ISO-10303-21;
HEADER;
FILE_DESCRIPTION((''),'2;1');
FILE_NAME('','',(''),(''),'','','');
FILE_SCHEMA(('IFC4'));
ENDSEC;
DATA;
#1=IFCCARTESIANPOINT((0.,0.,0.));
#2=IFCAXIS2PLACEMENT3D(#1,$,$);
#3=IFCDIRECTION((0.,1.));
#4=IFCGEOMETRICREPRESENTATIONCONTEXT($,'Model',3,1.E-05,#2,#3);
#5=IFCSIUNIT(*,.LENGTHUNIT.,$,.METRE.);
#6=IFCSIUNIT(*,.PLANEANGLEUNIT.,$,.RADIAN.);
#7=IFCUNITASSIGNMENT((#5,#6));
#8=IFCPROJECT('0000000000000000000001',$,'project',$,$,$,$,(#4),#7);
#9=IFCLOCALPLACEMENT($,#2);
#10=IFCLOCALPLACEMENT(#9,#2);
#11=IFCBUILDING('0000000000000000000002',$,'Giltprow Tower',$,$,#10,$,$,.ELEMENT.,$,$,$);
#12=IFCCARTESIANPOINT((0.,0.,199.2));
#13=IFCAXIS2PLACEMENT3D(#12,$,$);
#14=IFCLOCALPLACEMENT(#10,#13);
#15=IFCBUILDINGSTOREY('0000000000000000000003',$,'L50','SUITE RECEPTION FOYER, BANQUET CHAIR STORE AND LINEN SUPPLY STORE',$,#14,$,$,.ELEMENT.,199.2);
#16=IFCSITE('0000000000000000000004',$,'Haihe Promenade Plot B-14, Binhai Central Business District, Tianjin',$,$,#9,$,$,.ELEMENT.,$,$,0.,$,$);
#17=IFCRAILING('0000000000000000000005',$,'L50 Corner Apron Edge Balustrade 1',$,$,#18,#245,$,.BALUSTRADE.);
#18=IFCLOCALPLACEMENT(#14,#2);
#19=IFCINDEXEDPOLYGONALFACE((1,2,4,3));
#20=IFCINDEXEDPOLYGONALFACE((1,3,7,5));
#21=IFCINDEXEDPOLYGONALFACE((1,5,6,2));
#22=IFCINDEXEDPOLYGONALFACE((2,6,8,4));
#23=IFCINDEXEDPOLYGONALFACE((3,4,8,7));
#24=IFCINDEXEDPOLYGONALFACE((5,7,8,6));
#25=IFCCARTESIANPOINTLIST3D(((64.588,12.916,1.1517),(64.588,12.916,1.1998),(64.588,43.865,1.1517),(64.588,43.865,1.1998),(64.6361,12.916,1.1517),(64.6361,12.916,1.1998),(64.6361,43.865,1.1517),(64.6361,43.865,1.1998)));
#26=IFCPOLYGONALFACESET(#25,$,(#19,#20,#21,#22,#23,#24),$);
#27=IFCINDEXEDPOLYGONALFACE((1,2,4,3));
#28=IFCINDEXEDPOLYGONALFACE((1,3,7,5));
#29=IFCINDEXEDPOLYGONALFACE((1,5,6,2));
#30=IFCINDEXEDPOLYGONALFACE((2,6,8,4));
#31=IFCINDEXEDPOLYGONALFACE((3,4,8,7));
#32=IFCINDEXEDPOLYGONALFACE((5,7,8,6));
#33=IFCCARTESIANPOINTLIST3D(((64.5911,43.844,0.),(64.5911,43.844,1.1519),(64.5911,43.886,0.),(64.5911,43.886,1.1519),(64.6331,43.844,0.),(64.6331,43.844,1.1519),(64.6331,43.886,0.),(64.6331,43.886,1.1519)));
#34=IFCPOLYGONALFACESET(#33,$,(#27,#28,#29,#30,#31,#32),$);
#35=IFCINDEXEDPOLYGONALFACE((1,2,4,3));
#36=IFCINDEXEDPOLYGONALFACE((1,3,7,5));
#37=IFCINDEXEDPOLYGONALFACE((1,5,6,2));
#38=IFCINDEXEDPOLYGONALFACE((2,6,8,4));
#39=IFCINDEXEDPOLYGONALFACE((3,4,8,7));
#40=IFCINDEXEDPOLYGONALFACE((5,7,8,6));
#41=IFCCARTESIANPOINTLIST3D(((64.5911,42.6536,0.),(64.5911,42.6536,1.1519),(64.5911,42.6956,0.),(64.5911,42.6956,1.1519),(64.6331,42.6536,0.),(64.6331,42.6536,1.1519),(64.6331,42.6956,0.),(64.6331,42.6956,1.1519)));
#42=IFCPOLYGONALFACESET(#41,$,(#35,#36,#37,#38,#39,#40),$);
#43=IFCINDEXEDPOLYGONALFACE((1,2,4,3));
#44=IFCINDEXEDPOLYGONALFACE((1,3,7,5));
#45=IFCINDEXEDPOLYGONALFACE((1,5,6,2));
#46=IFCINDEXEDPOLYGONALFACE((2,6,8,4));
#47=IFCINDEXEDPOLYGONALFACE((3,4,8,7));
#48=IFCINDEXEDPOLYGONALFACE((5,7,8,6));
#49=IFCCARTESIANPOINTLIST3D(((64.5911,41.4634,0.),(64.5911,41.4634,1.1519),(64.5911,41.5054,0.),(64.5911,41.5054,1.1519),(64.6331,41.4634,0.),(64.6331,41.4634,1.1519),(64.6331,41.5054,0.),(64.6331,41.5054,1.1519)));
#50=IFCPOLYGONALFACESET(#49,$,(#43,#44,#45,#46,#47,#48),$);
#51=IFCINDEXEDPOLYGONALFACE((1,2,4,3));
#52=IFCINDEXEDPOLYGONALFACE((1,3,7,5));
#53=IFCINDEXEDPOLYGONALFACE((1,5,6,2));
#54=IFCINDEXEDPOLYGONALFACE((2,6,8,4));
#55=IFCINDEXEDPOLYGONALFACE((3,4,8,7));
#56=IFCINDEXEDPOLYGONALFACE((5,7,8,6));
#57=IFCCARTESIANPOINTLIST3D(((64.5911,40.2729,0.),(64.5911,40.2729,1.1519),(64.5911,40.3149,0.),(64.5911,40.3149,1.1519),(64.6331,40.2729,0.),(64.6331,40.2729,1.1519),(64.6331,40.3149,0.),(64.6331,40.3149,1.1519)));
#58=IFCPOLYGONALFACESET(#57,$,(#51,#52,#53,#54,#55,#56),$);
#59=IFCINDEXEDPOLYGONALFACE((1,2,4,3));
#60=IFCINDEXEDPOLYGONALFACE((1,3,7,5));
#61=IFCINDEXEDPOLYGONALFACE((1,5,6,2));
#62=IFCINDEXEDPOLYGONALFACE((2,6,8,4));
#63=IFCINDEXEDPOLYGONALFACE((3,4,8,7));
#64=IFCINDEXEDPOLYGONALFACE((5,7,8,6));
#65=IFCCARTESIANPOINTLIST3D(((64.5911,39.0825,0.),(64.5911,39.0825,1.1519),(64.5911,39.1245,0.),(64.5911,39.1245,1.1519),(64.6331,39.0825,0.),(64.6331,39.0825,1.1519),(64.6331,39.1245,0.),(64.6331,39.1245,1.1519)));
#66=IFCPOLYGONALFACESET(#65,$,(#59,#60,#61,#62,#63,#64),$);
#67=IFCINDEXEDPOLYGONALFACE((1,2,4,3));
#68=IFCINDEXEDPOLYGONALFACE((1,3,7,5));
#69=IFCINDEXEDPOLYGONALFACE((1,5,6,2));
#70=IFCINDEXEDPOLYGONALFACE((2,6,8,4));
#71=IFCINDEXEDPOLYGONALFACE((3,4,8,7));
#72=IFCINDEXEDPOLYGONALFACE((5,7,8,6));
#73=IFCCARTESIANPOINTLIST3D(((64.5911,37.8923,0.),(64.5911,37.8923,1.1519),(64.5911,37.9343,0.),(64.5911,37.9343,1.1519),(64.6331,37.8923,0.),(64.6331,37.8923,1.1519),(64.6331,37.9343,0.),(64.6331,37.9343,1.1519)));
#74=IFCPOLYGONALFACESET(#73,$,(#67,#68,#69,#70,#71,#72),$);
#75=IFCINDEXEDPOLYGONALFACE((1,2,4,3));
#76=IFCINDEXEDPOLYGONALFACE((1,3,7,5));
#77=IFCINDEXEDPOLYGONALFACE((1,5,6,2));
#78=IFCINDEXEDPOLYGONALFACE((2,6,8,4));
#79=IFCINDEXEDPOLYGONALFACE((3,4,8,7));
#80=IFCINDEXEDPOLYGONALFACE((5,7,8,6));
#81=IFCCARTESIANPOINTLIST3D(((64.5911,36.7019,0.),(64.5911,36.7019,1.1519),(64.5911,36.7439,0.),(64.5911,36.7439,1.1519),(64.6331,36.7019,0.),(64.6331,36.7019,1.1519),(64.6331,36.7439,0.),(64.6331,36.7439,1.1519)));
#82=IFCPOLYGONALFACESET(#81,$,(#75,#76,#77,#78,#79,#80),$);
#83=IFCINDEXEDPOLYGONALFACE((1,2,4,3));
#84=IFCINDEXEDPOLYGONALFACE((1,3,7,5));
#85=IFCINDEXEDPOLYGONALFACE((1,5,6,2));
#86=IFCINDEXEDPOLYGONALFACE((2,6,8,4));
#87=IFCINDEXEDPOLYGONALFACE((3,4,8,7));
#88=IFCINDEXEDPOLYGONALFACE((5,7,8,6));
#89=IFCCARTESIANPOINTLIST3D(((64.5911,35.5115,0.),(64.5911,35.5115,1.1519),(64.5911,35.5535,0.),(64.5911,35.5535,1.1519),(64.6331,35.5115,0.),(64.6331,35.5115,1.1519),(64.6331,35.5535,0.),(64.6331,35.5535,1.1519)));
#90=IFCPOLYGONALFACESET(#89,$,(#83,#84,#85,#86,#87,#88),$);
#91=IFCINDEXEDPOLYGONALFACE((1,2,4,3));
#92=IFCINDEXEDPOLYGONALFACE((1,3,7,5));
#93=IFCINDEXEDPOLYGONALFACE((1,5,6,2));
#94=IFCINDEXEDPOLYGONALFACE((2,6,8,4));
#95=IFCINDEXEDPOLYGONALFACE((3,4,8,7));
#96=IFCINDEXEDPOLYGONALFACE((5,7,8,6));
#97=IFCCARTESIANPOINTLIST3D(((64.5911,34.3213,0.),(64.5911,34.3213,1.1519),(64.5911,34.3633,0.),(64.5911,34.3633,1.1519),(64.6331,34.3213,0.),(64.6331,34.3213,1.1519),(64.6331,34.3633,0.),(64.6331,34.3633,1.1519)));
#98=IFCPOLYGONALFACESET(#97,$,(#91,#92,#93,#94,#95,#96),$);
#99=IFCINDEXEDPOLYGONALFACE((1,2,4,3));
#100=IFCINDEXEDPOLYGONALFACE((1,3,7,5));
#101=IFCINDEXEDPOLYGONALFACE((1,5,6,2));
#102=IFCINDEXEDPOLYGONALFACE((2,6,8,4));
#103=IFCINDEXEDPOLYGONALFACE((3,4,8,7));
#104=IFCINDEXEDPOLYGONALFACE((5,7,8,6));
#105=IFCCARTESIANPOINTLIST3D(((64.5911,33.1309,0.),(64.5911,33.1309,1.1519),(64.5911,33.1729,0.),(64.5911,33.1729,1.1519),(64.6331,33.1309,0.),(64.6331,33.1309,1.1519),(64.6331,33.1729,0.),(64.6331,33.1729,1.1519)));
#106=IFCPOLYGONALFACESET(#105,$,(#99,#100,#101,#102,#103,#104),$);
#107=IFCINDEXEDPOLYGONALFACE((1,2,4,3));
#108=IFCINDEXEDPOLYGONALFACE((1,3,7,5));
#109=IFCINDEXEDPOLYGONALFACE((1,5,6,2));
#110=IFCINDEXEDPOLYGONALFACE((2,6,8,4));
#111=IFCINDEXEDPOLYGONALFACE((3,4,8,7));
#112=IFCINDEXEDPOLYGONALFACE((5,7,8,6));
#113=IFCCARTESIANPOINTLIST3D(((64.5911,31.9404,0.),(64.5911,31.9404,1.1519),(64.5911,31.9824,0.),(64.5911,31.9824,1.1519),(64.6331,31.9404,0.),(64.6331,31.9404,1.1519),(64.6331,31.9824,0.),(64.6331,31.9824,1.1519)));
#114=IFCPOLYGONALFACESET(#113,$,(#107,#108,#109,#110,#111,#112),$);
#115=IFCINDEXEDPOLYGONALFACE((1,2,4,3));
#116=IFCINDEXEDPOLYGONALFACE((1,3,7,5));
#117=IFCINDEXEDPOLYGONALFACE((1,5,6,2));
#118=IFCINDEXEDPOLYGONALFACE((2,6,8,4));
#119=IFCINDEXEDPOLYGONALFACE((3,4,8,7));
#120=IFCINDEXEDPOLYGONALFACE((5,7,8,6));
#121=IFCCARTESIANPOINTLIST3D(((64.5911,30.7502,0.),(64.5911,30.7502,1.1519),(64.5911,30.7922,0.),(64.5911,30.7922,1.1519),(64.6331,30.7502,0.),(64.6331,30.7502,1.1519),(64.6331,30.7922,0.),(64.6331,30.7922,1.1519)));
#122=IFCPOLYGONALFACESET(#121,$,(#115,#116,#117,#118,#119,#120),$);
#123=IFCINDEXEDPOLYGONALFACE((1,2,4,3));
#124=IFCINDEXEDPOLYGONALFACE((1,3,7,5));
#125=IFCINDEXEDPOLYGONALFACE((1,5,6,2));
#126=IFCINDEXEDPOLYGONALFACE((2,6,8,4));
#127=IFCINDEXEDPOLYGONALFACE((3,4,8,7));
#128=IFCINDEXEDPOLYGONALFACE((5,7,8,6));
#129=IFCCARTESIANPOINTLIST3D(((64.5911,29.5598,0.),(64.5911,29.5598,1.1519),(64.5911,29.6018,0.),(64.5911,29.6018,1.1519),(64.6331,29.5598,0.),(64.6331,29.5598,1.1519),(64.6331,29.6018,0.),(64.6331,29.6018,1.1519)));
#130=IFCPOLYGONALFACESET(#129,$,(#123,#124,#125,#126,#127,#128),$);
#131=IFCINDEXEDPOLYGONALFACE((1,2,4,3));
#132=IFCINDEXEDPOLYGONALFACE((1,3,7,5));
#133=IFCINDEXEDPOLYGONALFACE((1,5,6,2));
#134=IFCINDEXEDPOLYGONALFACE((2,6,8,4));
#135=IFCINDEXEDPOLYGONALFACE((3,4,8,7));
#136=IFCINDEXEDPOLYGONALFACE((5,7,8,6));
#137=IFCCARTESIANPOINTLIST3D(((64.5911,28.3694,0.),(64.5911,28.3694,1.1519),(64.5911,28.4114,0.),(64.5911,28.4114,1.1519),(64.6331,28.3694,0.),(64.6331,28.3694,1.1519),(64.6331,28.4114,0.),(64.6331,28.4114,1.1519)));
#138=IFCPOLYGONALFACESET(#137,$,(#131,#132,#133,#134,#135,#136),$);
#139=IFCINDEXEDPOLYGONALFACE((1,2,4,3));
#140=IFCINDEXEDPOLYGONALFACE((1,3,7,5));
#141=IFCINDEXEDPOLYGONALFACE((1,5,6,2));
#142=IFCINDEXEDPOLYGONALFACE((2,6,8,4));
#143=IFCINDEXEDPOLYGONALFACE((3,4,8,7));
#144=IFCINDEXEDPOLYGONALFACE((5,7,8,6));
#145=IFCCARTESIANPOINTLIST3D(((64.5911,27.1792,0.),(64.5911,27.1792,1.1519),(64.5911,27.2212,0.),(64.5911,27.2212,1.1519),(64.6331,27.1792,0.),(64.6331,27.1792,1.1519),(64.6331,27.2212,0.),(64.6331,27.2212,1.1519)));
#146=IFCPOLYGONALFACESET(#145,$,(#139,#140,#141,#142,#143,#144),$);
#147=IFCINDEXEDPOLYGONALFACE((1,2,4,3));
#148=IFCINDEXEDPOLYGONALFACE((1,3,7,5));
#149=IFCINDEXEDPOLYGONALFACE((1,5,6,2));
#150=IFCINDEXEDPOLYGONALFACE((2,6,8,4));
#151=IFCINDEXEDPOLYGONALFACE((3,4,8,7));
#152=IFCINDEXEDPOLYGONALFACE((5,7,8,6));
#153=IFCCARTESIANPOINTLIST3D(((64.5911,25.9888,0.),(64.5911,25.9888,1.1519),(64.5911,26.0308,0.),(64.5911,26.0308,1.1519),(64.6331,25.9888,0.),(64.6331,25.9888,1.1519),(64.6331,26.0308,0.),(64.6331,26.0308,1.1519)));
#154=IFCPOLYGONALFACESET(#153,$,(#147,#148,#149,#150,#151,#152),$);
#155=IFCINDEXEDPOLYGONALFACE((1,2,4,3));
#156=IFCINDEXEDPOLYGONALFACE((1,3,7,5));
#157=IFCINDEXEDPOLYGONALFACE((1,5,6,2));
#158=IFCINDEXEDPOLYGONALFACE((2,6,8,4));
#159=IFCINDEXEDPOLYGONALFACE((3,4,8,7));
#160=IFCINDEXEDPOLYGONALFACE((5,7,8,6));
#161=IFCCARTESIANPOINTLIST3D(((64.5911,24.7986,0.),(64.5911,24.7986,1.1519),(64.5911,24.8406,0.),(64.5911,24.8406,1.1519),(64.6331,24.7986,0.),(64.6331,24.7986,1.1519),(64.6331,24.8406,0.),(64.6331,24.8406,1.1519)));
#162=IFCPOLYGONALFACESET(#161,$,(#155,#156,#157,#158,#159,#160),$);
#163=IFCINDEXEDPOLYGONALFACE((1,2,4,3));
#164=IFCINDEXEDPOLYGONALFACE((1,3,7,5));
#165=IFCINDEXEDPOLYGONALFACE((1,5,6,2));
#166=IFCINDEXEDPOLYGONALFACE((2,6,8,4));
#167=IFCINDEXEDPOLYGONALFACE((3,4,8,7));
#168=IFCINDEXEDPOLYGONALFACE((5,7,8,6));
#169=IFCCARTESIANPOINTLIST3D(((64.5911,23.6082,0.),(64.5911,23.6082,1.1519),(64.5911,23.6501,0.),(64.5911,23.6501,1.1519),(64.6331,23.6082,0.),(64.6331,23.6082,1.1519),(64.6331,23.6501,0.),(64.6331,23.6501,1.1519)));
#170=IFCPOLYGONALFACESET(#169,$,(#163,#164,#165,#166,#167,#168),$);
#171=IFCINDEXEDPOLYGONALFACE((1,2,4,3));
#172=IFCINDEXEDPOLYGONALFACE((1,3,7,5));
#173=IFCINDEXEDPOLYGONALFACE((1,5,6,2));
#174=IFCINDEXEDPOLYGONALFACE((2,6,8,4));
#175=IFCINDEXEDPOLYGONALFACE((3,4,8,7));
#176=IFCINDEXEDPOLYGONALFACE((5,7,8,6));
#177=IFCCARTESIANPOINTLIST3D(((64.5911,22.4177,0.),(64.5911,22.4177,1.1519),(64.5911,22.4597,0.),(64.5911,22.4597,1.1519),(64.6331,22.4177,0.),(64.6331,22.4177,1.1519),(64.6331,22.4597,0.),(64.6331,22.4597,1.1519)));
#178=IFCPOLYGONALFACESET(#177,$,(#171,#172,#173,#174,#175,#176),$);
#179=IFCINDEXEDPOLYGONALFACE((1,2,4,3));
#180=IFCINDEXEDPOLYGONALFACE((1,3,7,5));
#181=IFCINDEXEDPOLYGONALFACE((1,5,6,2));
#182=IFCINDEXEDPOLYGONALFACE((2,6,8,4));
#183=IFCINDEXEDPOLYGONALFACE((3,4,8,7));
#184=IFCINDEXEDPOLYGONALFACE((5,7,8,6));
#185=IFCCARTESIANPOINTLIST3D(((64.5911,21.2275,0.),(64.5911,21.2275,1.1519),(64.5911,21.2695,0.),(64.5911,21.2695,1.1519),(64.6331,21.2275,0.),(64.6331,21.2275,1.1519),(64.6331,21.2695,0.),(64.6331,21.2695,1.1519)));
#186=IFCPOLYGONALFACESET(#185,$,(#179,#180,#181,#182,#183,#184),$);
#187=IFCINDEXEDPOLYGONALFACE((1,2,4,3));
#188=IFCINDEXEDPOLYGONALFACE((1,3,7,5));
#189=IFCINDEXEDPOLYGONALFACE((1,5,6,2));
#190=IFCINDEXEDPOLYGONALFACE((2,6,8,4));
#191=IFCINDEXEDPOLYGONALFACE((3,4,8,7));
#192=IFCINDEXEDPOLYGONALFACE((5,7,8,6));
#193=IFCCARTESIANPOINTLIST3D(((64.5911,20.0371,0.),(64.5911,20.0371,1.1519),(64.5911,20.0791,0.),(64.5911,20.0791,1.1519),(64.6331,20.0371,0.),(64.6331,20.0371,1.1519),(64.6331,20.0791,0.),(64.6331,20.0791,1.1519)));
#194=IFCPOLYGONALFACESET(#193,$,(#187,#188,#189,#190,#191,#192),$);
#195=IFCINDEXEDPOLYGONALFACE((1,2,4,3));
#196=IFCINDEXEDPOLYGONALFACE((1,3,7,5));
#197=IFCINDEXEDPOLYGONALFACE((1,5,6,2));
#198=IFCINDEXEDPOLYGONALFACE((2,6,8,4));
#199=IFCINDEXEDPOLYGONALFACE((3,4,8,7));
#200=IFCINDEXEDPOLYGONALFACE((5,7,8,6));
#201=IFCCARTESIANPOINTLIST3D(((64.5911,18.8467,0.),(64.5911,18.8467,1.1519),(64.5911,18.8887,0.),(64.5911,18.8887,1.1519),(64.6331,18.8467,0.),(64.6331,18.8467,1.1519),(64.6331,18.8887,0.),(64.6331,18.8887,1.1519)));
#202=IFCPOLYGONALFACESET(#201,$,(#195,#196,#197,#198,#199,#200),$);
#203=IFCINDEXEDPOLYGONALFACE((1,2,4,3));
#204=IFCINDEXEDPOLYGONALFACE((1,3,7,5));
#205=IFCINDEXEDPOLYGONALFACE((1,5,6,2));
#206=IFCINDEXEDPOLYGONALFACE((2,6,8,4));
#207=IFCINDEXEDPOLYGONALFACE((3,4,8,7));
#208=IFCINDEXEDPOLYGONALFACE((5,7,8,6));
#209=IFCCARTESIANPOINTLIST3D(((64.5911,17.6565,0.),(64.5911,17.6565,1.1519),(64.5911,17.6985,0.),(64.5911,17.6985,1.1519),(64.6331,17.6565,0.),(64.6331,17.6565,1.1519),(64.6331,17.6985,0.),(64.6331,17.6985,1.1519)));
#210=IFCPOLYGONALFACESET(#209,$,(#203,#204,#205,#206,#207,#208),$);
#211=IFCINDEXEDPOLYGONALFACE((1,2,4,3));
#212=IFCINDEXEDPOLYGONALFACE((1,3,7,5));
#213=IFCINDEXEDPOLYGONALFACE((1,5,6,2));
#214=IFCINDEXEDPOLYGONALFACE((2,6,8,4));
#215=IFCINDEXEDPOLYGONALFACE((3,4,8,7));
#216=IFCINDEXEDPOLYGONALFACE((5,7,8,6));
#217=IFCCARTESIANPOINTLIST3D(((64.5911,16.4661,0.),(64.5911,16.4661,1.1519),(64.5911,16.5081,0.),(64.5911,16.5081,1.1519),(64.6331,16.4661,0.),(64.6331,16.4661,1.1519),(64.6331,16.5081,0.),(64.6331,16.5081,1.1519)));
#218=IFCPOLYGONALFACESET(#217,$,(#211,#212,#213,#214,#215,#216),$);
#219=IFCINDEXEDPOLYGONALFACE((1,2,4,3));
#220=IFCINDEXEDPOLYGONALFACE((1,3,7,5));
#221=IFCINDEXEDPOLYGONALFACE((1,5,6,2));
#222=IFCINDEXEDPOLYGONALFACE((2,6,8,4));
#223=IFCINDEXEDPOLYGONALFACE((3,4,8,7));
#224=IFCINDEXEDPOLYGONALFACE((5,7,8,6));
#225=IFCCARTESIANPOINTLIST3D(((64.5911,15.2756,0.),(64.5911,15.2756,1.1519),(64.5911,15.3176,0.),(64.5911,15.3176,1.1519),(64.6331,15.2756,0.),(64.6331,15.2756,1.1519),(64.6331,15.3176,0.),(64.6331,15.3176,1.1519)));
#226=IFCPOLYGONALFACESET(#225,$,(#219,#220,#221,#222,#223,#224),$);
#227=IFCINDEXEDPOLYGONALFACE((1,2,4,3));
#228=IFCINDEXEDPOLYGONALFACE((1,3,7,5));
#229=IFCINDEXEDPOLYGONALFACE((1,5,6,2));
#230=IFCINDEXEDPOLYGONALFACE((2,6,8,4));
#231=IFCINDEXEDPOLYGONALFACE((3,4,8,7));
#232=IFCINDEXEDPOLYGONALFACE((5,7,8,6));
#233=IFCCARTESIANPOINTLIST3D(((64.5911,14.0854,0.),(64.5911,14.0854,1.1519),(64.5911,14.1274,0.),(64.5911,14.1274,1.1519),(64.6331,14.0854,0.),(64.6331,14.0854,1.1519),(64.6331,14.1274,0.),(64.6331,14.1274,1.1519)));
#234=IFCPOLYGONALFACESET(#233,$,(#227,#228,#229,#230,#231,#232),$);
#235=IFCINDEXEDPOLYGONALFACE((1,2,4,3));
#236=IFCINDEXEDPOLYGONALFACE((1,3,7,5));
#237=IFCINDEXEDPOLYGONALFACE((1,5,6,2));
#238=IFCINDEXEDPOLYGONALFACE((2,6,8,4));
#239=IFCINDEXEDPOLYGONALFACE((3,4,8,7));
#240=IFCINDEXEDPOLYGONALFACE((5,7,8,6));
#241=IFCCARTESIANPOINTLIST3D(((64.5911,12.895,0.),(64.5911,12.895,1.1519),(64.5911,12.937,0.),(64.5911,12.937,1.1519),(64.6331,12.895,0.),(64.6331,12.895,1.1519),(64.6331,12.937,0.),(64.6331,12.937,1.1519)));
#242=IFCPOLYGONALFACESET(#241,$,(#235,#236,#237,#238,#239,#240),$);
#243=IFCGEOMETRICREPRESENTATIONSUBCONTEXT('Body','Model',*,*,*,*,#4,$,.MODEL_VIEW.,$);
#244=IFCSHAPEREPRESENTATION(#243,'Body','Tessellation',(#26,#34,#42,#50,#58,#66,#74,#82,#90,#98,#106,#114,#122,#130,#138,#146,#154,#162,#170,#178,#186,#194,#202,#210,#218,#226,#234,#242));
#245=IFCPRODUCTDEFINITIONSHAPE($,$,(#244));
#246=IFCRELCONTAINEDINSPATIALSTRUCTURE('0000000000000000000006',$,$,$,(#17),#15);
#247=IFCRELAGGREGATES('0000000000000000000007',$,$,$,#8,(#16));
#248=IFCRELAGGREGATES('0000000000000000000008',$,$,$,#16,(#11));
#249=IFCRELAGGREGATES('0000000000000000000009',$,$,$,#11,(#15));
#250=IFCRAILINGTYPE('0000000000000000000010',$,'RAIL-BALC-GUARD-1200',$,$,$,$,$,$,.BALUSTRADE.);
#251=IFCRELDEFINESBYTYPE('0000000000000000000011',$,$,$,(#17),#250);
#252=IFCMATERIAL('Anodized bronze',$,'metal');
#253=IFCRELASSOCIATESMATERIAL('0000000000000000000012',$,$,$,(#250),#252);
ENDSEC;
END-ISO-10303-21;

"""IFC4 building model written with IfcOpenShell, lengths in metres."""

from ifc_helpers import new_model, si_unit, direction, frame, origin, origin_2d, place, context, subcontext, project, spatial, rectangle, extrude, material, type_object, element, save


model = new_model("IFC4")

# Units and contexts
model_context = context("Model", 3, precision=1e-05, world=origin(), true_north=direction((0.0, 1.0)))
body_context = subcontext(model_context, "Body", "Model", "MODEL_VIEW")
ifc_project = project(units=[si_unit("LENGTHUNIT", "METRE"), si_unit("PLANEANGLEUNIT", "RADIAN")], contexts=[model_context])

# Site, building, storey
site_placement = place(None, origin())
site = spatial("IfcSite", under=ifc_project, at=site_placement, Name="Haihe Promenade Plot B-14, Binhai Central Business District, Tianjin", CompositionType="ELEMENT", RefElevation=0.0)
building_placement = place(site_placement, origin())
building = spatial("IfcBuilding", under=site, at=building_placement, Name="Giltprow Tower", CompositionType="ELEMENT")
storey_placement = place(building_placement, frame((0.0, 0.0, 199.2)))
storey = spatial("IfcBuildingStorey", under=building, at=storey_placement, Name="L50", Description="SUITE RECEPTION FOYER, BANQUET CHAIR STORE AND LINEN SUPPLY STORE", CompositionType="ELEMENT", Elevation=199.2)

# Railing
ifc_material_1 = material(Name="Anodized bronze", Category="metal")
railing_type_1 = type_object("IfcRailingType", Name="RAIL-BALC-GUARD-1200", PredefinedType="BALUSTRADE", material=ifc_material_1)
railing_1_placement = place(storey_placement, frame((64.6121, 43.865, 0.0)))
element("IfcRailing", 1, at=railing_1_placement, inside=storey, type_object=railing_type_1, Name="L50 Corner Apron Edge Balustrade 1", PredefinedType="BALUSTRADE", context=body_context, shape_type="SweptSolid", body=[
    extrude(rectangle(XDim=0.0481, YDim=0.0481, at=origin_2d()), frame((0.0, 0.0, 1.1758), z_axis=(0.0, -1.0, 0.0), x_axis=(1.0, 0.0, 0.0)), (0.0, 0.0, 1.0), 30.949),
    extrude(rectangle(XDim=0.042, YDim=0.042, at=origin_2d()), origin(), (0.0, 0.0, 1.0), 1.1519),
    extrude(rectangle(XDim=0.042, YDim=0.042, at=origin_2d()), frame((0.0, -1.1904, 0.0)), (0.0, 0.0, 1.0), 1.1519),
    extrude(rectangle(XDim=0.042, YDim=0.042, at=origin_2d()), frame((0.0, -2.3806, 0.0)), (0.0, 0.0, 1.0), 1.1519),
    extrude(rectangle(XDim=0.042, YDim=0.042, at=origin_2d()), frame((0.0, -3.571, 0.0)), (0.0, 0.0, 1.0), 1.1519),
    extrude(rectangle(XDim=0.042, YDim=0.042, at=origin_2d()), frame((0.0, -4.7615, 0.0)), (0.0, 0.0, 1.0), 1.1519),
    extrude(rectangle(XDim=0.042, YDim=0.042, at=origin_2d()), frame((0.0, -5.9517, 0.0)), (0.0, 0.0, 1.0), 1.1519),
    extrude(rectangle(XDim=0.042, YDim=0.042, at=origin_2d()), frame((0.0, -7.1421, 0.0)), (0.0, 0.0, 1.0), 1.1519),
    extrude(rectangle(XDim=0.042, YDim=0.042, at=origin_2d()), frame((0.0, -8.3325, 0.0)), (0.0, 0.0, 1.0), 1.1519),
    extrude(rectangle(XDim=0.042, YDim=0.042, at=origin_2d()), frame((0.0, -9.5227, 0.0)), (0.0, 0.0, 1.0), 1.1519),
    extrude(rectangle(XDim=0.042, YDim=0.042, at=origin_2d()), frame((0.0, -10.7131, 0.0)), (0.0, 0.0, 1.0), 1.1519),
    extrude(rectangle(XDim=0.042, YDim=0.042, at=origin_2d()), frame((0.0, -11.9036, 0.0)), (0.0, 0.0, 1.0), 1.1519),
    extrude(rectangle(XDim=0.042, YDim=0.042, at=origin_2d()), frame((0.0, -13.0938, 0.0)), (0.0, 0.0, 1.0), 1.1519),
    extrude(rectangle(XDim=0.042, YDim=0.042, at=origin_2d()), frame((0.0, -14.2842, 0.0)), (0.0, 0.0, 1.0), 1.1519),
    extrude(rectangle(XDim=0.042, YDim=0.042, at=origin_2d()), frame((0.0, -15.4746, 0.0)), (0.0, 0.0, 1.0), 1.1519),
    extrude(rectangle(XDim=0.042, YDim=0.042, at=origin_2d()), frame((0.0, -16.6648, 0.0)), (0.0, 0.0, 1.0), 1.1519),
    extrude(rectangle(XDim=0.042, YDim=0.042, at=origin_2d()), frame((0.0, -17.8552, 0.0)), (0.0, 0.0, 1.0), 1.1519),
    extrude(rectangle(XDim=0.042, YDim=0.042, at=origin_2d()), frame((0.0, -19.0454, 0.0)), (0.0, 0.0, 1.0), 1.1519),
    extrude(rectangle(XDim=0.042, YDim=0.042, at=origin_2d()), frame((0.0, -20.2358, 0.0)), (0.0, 0.0, 1.0), 1.1519),
    extrude(rectangle(XDim=0.042, YDim=0.042, at=origin_2d()), frame((0.0, -21.4263, 0.0)), (0.0, 0.0, 1.0), 1.1519),
    extrude(rectangle(XDim=0.042, YDim=0.042, at=origin_2d()), frame((0.0, -22.6165, 0.0)), (0.0, 0.0, 1.0), 1.1519),
    extrude(rectangle(XDim=0.042, YDim=0.042, at=origin_2d()), frame((0.0, -23.8069, 0.0)), (0.0, 0.0, 1.0), 1.1519),
    extrude(rectangle(XDim=0.042, YDim=0.042, at=origin_2d()), frame((0.0, -24.9973, 0.0)), (0.0, 0.0, 1.0), 1.1519),
    extrude(rectangle(XDim=0.042, YDim=0.042, at=origin_2d()), frame((0.0, -26.1875, 0.0)), (0.0, 0.0, 1.0), 1.1519),
    extrude(rectangle(XDim=0.042, YDim=0.042, at=origin_2d()), frame((0.0, -27.3779, 0.0)), (0.0, 0.0, 1.0), 1.1519),
    extrude(rectangle(XDim=0.042, YDim=0.042, at=origin_2d()), frame((0.0, -28.5684, 0.0)), (0.0, 0.0, 1.0), 1.1519),
    extrude(rectangle(XDim=0.042, YDim=0.042, at=origin_2d()), frame((0.0, -29.7585, 0.0)), (0.0, 0.0, 1.0), 1.1519),
    extrude(rectangle(XDim=0.042, YDim=0.042, at=origin_2d()), frame((0.0, -30.949, 0.0)), (0.0, 0.0, 1.0), 1.1519),
])

save(model, "model.ifc")
